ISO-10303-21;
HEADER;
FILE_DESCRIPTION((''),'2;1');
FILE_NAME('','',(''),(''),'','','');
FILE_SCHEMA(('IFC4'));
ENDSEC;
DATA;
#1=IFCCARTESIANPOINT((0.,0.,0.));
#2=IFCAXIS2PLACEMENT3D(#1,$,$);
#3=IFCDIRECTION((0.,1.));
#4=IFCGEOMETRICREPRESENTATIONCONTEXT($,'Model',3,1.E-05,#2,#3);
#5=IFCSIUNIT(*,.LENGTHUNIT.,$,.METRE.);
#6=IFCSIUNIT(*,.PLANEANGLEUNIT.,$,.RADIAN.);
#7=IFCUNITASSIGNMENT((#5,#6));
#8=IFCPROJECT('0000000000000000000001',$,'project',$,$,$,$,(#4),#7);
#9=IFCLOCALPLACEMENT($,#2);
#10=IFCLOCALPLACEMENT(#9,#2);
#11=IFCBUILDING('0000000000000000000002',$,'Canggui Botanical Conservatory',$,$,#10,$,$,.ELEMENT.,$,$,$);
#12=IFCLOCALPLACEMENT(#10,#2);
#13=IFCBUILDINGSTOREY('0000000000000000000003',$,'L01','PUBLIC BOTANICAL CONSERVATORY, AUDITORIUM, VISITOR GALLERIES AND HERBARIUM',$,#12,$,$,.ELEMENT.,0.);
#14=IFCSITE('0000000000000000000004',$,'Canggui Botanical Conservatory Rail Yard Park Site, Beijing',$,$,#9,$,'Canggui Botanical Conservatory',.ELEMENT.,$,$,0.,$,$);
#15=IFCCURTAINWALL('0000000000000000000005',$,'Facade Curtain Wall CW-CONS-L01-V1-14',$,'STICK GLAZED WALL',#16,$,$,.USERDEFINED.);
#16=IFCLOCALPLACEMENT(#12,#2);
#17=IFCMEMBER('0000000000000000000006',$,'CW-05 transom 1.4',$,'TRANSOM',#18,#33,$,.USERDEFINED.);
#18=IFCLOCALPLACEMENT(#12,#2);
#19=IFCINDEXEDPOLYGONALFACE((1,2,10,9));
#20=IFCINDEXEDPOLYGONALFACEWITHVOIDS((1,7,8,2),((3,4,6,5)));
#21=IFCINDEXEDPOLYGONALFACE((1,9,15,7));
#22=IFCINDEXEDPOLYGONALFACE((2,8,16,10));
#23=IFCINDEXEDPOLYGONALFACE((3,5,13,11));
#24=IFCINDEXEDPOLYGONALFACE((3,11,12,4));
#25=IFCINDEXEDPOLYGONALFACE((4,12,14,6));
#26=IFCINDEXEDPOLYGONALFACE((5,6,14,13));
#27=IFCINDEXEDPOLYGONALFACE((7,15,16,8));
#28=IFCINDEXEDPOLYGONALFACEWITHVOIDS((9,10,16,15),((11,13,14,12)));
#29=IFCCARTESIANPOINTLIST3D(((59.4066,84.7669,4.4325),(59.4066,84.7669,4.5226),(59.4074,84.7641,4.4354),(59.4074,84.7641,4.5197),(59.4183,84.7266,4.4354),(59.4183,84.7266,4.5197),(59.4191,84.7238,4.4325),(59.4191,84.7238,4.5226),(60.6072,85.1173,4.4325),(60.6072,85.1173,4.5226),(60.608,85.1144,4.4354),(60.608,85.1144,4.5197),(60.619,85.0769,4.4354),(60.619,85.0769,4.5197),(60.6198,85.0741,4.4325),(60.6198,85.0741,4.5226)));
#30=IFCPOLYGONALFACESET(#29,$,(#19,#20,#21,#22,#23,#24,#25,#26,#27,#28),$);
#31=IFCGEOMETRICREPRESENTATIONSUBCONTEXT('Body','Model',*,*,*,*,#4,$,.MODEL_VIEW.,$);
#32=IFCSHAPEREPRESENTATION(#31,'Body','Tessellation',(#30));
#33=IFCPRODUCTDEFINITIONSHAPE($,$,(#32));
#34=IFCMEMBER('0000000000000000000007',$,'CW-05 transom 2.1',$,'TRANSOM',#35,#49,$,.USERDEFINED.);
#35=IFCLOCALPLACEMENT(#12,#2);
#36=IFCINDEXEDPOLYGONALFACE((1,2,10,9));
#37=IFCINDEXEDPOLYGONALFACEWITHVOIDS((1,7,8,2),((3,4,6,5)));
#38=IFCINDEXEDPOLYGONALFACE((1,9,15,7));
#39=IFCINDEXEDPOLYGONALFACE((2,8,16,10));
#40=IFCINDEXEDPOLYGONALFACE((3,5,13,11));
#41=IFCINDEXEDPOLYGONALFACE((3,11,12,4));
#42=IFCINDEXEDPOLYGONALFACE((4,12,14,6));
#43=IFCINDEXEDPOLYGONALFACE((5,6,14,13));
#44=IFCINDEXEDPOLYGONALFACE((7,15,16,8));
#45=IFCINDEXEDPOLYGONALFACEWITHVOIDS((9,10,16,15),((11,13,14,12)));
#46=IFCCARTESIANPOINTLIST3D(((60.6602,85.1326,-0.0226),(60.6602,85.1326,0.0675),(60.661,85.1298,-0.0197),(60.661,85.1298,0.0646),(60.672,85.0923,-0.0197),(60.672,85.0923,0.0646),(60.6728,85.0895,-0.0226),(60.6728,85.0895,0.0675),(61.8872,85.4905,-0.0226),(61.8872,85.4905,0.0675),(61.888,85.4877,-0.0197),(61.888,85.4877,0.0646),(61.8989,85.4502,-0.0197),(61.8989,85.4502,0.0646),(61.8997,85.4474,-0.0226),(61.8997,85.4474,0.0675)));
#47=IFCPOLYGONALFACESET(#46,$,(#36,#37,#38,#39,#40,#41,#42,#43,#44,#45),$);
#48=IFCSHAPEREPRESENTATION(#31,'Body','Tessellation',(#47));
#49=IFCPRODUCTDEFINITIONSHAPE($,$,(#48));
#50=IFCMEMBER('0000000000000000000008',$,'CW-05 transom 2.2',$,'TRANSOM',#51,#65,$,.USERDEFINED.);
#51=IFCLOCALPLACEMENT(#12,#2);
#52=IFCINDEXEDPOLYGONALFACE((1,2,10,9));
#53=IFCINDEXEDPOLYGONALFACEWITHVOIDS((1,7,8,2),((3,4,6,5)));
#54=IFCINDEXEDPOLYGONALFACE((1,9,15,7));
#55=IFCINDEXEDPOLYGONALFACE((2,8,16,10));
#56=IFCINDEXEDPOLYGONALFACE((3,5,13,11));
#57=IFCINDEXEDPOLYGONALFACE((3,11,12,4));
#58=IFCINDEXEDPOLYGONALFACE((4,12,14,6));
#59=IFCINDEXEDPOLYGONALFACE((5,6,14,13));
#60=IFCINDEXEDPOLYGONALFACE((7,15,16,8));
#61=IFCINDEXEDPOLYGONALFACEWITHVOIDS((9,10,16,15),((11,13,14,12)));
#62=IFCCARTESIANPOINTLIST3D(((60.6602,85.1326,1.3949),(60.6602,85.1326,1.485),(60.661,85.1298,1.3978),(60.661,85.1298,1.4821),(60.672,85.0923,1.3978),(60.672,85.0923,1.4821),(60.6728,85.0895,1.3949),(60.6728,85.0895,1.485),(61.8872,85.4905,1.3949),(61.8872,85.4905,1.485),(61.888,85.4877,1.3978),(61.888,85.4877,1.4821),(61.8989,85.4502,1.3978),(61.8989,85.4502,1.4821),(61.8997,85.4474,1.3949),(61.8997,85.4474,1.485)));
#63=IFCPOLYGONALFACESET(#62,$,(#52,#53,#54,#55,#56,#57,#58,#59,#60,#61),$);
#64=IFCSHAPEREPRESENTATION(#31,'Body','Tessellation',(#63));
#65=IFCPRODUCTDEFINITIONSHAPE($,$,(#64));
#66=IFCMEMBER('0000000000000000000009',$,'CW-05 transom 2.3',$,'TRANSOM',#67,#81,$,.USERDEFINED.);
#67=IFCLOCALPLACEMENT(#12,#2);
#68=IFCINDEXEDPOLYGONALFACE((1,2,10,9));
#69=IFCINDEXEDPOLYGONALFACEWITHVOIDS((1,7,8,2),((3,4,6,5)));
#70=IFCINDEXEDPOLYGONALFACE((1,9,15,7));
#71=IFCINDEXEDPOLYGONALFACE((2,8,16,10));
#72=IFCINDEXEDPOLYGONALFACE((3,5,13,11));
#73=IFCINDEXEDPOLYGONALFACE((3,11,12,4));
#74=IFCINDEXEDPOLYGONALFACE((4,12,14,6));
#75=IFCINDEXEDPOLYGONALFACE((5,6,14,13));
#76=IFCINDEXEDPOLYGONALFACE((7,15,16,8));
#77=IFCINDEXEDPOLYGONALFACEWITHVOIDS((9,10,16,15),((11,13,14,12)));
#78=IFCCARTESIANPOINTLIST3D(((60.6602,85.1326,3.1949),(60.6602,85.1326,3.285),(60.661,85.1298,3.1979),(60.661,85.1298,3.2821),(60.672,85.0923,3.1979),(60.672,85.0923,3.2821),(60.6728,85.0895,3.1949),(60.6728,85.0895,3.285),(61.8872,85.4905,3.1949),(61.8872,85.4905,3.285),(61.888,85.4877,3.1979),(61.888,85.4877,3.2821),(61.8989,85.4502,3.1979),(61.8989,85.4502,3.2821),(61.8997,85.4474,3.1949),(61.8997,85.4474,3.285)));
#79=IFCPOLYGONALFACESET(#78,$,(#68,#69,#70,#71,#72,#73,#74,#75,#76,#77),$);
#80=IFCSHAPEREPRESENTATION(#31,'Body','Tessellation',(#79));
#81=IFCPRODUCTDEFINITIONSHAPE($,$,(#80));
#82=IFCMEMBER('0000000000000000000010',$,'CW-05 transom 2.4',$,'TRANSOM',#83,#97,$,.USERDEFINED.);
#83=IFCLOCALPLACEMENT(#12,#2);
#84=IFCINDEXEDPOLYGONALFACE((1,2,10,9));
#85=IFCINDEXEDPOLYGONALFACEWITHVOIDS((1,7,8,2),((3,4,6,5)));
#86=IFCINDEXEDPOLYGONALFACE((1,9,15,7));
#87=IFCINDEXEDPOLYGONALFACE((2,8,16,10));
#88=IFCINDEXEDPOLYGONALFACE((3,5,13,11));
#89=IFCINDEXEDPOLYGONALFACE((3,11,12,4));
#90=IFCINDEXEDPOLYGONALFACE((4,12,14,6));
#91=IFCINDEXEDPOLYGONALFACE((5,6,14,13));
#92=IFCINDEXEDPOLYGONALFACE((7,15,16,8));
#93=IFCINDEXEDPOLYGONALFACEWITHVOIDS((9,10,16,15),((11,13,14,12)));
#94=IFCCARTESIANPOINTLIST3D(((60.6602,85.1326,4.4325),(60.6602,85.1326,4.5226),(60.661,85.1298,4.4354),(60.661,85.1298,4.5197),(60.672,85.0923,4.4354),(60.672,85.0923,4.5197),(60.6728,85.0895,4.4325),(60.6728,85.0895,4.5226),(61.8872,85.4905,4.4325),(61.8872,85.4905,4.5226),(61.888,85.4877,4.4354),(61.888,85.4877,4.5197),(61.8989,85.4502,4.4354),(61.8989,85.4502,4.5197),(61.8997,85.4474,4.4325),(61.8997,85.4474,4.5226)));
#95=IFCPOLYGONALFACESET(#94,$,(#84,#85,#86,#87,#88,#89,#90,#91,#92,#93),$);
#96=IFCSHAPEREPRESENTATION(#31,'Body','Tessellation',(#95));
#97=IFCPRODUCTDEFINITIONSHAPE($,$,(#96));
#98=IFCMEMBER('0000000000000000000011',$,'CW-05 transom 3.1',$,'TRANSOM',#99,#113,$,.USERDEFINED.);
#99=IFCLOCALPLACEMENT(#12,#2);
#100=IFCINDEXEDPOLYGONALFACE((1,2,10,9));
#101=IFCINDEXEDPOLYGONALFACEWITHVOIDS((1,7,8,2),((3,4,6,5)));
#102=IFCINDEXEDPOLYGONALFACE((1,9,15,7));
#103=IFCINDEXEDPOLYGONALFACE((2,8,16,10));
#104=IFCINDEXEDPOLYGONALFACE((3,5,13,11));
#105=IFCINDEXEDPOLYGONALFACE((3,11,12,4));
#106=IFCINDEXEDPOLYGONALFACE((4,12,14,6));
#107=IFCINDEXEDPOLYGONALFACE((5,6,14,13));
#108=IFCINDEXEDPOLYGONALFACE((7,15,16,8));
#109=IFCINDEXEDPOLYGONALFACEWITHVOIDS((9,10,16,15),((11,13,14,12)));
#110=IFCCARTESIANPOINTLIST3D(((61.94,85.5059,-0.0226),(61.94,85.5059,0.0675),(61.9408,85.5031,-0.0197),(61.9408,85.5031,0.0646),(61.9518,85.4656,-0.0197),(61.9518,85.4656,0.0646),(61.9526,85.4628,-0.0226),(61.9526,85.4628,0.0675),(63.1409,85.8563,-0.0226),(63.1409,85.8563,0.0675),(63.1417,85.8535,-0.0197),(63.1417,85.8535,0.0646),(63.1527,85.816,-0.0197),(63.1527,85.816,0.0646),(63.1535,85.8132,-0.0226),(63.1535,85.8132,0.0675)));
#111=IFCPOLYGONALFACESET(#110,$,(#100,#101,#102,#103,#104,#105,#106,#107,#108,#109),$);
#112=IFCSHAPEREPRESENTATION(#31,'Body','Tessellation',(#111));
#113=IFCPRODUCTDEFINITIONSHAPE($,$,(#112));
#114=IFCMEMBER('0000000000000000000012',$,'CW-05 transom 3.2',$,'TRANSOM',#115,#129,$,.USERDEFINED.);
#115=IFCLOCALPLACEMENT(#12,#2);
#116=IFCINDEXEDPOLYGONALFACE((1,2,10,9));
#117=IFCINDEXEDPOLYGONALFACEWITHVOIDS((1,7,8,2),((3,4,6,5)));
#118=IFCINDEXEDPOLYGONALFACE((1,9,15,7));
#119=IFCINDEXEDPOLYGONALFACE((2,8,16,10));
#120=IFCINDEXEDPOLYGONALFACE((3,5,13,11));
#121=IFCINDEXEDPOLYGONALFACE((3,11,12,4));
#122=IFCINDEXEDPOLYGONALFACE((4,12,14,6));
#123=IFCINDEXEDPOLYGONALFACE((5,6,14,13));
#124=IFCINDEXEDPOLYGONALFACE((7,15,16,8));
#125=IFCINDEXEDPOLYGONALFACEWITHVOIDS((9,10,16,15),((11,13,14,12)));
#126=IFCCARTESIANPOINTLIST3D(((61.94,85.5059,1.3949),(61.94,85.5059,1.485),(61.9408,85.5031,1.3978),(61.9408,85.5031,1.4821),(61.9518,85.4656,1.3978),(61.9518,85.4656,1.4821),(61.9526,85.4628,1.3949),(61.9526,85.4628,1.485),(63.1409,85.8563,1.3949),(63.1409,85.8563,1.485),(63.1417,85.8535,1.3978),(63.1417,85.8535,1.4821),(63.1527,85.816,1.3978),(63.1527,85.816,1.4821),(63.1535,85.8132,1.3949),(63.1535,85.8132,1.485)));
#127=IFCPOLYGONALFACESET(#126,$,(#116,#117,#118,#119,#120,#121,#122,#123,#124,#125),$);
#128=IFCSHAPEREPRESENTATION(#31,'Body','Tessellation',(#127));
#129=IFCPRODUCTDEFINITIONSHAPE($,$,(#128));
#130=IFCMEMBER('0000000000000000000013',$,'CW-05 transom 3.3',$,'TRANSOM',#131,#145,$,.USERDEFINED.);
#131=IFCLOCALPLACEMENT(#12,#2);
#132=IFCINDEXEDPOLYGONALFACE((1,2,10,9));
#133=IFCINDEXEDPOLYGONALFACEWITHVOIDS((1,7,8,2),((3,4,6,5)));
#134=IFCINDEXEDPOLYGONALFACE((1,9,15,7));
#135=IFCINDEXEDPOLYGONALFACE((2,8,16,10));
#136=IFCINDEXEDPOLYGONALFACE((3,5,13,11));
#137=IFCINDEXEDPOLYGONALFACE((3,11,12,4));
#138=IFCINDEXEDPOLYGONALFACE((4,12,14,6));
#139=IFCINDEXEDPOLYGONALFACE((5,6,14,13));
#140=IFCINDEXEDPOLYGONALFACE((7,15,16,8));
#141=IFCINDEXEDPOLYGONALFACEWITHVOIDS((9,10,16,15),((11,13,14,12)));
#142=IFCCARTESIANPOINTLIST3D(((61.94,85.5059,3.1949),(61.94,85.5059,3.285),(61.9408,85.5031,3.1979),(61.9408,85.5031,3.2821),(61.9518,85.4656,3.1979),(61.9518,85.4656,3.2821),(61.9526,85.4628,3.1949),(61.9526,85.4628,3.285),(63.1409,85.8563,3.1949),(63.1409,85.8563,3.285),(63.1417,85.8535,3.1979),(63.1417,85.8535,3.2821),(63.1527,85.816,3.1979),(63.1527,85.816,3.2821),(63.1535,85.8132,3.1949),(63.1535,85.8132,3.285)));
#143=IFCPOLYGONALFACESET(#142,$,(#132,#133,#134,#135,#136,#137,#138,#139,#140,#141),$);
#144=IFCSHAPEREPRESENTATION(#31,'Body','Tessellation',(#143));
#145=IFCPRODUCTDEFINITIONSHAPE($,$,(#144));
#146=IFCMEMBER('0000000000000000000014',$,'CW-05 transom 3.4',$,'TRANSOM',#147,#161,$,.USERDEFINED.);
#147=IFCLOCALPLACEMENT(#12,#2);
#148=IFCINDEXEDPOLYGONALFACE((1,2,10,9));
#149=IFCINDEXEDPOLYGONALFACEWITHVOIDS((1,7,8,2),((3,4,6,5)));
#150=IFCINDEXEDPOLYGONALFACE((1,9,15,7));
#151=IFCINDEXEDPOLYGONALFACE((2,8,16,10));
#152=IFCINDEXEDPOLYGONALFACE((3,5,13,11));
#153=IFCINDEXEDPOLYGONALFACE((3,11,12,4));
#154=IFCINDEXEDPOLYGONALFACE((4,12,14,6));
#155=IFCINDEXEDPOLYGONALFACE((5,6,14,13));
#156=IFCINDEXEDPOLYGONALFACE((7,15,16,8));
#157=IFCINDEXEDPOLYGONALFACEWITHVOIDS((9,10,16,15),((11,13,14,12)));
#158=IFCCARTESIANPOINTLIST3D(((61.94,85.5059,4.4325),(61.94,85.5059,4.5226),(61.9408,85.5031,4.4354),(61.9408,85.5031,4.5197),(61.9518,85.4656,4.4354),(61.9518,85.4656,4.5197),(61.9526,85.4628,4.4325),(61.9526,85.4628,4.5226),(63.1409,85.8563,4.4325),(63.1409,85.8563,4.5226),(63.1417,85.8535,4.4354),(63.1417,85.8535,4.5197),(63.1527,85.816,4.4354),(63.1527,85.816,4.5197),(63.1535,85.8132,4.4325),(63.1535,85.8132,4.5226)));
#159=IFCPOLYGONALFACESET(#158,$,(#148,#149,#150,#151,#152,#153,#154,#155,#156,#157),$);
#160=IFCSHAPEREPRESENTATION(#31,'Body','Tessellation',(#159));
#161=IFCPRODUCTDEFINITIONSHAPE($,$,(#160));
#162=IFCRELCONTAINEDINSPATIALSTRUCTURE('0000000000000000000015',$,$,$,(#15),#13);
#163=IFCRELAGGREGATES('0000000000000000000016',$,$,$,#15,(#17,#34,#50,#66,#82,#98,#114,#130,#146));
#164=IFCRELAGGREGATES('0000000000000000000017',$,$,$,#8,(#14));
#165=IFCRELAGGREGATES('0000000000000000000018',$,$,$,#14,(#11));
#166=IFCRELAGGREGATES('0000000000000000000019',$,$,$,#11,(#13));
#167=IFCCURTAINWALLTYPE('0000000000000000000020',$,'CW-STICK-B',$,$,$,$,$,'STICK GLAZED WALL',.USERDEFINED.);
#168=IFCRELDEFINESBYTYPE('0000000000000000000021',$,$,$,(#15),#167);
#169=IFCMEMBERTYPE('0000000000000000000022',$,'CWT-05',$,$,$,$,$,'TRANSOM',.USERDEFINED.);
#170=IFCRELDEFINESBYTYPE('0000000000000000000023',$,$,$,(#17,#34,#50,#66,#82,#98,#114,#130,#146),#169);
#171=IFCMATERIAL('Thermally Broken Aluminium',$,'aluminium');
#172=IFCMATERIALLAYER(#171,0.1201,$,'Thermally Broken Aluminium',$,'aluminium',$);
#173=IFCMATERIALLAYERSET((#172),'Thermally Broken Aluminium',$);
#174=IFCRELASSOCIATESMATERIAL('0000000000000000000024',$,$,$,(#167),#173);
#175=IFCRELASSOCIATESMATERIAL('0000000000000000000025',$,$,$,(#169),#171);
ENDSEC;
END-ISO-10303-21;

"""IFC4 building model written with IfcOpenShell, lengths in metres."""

from ifc_helpers import new_model, si_unit, direction, frame, origin, origin_2d, place, context, subcontext, project, spatial, hollow_rectangle, extrude, material, layer, layer_set, material_profile, profile_set, type_object, element, aggregate, save


model = new_model("IFC4")

# Units and contexts
model_context = context("Model", 3, precision=1e-05, world=origin(), true_north=direction((0.0, 1.0)))
body_context = subcontext(model_context, "Body", "Model", "MODEL_VIEW")
ifc_project = project(units=[si_unit("LENGTHUNIT", "METRE"), si_unit("PLANEANGLEUNIT", "RADIAN")], contexts=[model_context])

# Site, building, storey
site_placement = place(None, origin())
site = spatial("IfcSite", under=ifc_project, at=site_placement, Name="Canggui Botanical Conservatory Rail Yard Park Site, Beijing", LongName="Canggui Botanical Conservatory", CompositionType="ELEMENT", RefElevation=0.0)
building_placement = place(site_placement, origin())
building = spatial("IfcBuilding", under=site, at=building_placement, Name="Canggui Botanical Conservatory", CompositionType="ELEMENT")
storey_placement = place(building_placement, origin())
storey = spatial("IfcBuildingStorey", under=building, at=storey_placement, Name="L01", Description="PUBLIC BOTANICAL CONSERVATORY, AUDITORIUM, VISITOR GALLERIES AND HERBARIUM", CompositionType="ELEMENT", Elevation=0.0)

# Shared definitions
ifc_material_1 = material(Name="Thermally Broken Aluminium", Category="aluminium")
ifc_layer_1 = layer(ifc_material_1, 0.1201, Name="Thermally Broken Aluminium", Category="aluminium")
ifc_layer_set_1 = layer_set([ifc_layer_1], Name="Thermally Broken Aluminium")
curtain_wall_type = type_object("IfcCurtainWallType", Name="CW-STICK-B", ElementType="STICK GLAZED WALL", PredefinedType="USERDEFINED", material=ifc_layer_set_1)

# Curtain wall
curtain_wall_1_placement = place(storey_placement, origin())
curtain_wall_1 = element("IfcCurtainWall", 1, at=curtain_wall_1_placement, inside=storey, type_object=curtain_wall_type, Name="Facade Curtain Wall CW-CONS-L01-V1-14", ObjectType="STICK GLAZED WALL", PredefinedType="USERDEFINED")

# Members
ifc_material_profile_1 = material_profile(ifc_material_1, hollow_rectangle(XDim=0.0449, YDim=0.0901, WallThickness=0.0029, at=origin_2d()), Name="CWT 45x90x3")
ifc_profile_set_1 = profile_set([ifc_material_profile_1], Name="Thermally Broken Aluminium")
member_type_1 = type_object("IfcMemberType", Name="CWT-05", ElementType="TRANSOM", PredefinedType="USERDEFINED", material=ifc_profile_set_1)
member_1_placement = place(storey_placement, frame((59.4128, 84.7454, 4.4775), z_axis=(0.959969, 0.280105, 0.0), x_axis=(-0.280105, 0.959969, 0.0)))
member_1 = element("IfcMember", 2, at=member_1_placement, type_object=member_type_1, Name="CW-05 transom 1.4", ObjectType="TRANSOM", PredefinedType="USERDEFINED", context=body_context, shape_type="SweptSolid", body=[
    extrude(hollow_rectangle(XDim=0.0449, YDim=0.0901, WallThickness=0.0029, at=origin_2d()), origin(), (0.0, 0.0, 1.0), 1.2507),
])
member_2_placement = place(storey_placement, frame((60.6665, 85.1111, 0.0225), z_axis=(0.959996, 0.280015, 0.0), x_axis=(-0.280015, 0.959996, 0.0)))
member_2 = element("IfcMember", 3, at=member_2_placement, type_object=member_type_1, Name="CW-05 transom 2.1", ObjectType="TRANSOM", PredefinedType="USERDEFINED", context=body_context, shape_type="SweptSolid", body=[
    extrude(hollow_rectangle(XDim=0.0449, YDim=0.0901, WallThickness=0.0029, at=origin_2d()), origin(), (0.0, 0.0, 1.0), 1.2781),
])
member_3_placement = place(storey_placement, frame((60.6665, 85.1111, 1.4399), z_axis=(0.959996, 0.280015, 0.0), x_axis=(-0.280015, 0.959996, 0.0)))
member_3 = element("IfcMember", 4, at=member_3_placement, type_object=member_type_1, Name="CW-05 transom 2.2", ObjectType="TRANSOM", PredefinedType="USERDEFINED", context=body_context, shape_type="SweptSolid", body=[
    extrude(hollow_rectangle(XDim=0.0449, YDim=0.0901, WallThickness=0.0029, at=origin_2d()), origin(), (0.0, 0.0, 1.0), 1.2781),
])
member_4_placement = place(storey_placement, frame((60.6665, 85.1111, 3.24), z_axis=(0.959996, 0.280015, 0.0), x_axis=(-0.280015, 0.959996, 0.0)))
member_4 = element("IfcMember", 5, at=member_4_placement, type_object=member_type_1, Name="CW-05 transom 2.3", ObjectType="TRANSOM", PredefinedType="USERDEFINED", context=body_context, shape_type="SweptSolid", body=[
    extrude(hollow_rectangle(XDim=0.0449, YDim=0.0901, WallThickness=0.0029, at=origin_2d()), origin(), (0.0, 0.0, 1.0), 1.2781),
])
member_5_placement = place(storey_placement, frame((60.6665, 85.1111, 4.4775), z_axis=(0.959996, 0.280015, 0.0), x_axis=(-0.280015, 0.959996, 0.0)))
member_5 = element("IfcMember", 6, at=member_5_placement, type_object=member_type_1, Name="CW-05 transom 2.4", ObjectType="TRANSOM", PredefinedType="USERDEFINED", context=body_context, shape_type="SweptSolid", body=[
    extrude(hollow_rectangle(XDim=0.0449, YDim=0.0901, WallThickness=0.0029, at=origin_2d()), origin(), (0.0, 0.0, 1.0), 1.2781),
])
member_6_placement = place(storey_placement, frame((61.9463, 85.4844, 0.0225), z_axis=(0.959985, 0.280052, 0.0), x_axis=(-0.280052, 0.959985, 0.0)))
member_6 = element("IfcMember", 7, at=member_6_placement, type_object=member_type_1, Name="CW-05 transom 3.1", ObjectType="TRANSOM", PredefinedType="USERDEFINED", context=body_context, shape_type="SweptSolid", body=[
    extrude(hollow_rectangle(XDim=0.0449, YDim=0.0901, WallThickness=0.0029, at=origin_2d()), origin(), (0.0, 0.0, 1.0), 1.251),
])
member_7_placement = place(storey_placement, frame((61.9463, 85.4844, 1.4399), z_axis=(0.959985, 0.280052, 0.0), x_axis=(-0.280052, 0.959985, 0.0)))
member_7 = element("IfcMember", 8, at=member_7_placement, type_object=member_type_1, Name="CW-05 transom 3.2", ObjectType="TRANSOM", PredefinedType="USERDEFINED", context=body_context, shape_type="SweptSolid", body=[
    extrude(hollow_rectangle(XDim=0.0449, YDim=0.0901, WallThickness=0.0029, at=origin_2d()), origin(), (0.0, 0.0, 1.0), 1.251),
])
member_8_placement = place(storey_placement, frame((61.9463, 85.4844, 3.24), z_axis=(0.959985, 0.280052, 0.0), x_axis=(-0.280052, 0.959985, 0.0)))
member_8 = element("IfcMember", 9, at=member_8_placement, type_object=member_type_1, Name="CW-05 transom 3.3", ObjectType="TRANSOM", PredefinedType="USERDEFINED", context=body_context, shape_type="SweptSolid", body=[
    extrude(hollow_rectangle(XDim=0.0449, YDim=0.0901, WallThickness=0.0029, at=origin_2d()), origin(), (0.0, 0.0, 1.0), 1.251),
])
member_9_placement = place(storey_placement, frame((61.9463, 85.4844, 4.4775), z_axis=(0.959985, 0.280052, 0.0), x_axis=(-0.280052, 0.959985, 0.0)))
member_9 = element("IfcMember", 10, at=member_9_placement, type_object=member_type_1, Name="CW-05 transom 3.4", ObjectType="TRANSOM", PredefinedType="USERDEFINED", context=body_context, shape_type="SweptSolid", body=[
    extrude(hollow_rectangle(XDim=0.0449, YDim=0.0901, WallThickness=0.0029, at=origin_2d()), origin(), (0.0, 0.0, 1.0), 1.251),
])

aggregate(curtain_wall_1, [member_1, member_2, member_3, member_4, member_5, member_6, member_7, member_8, member_9])

save(model, "model.ifc")
